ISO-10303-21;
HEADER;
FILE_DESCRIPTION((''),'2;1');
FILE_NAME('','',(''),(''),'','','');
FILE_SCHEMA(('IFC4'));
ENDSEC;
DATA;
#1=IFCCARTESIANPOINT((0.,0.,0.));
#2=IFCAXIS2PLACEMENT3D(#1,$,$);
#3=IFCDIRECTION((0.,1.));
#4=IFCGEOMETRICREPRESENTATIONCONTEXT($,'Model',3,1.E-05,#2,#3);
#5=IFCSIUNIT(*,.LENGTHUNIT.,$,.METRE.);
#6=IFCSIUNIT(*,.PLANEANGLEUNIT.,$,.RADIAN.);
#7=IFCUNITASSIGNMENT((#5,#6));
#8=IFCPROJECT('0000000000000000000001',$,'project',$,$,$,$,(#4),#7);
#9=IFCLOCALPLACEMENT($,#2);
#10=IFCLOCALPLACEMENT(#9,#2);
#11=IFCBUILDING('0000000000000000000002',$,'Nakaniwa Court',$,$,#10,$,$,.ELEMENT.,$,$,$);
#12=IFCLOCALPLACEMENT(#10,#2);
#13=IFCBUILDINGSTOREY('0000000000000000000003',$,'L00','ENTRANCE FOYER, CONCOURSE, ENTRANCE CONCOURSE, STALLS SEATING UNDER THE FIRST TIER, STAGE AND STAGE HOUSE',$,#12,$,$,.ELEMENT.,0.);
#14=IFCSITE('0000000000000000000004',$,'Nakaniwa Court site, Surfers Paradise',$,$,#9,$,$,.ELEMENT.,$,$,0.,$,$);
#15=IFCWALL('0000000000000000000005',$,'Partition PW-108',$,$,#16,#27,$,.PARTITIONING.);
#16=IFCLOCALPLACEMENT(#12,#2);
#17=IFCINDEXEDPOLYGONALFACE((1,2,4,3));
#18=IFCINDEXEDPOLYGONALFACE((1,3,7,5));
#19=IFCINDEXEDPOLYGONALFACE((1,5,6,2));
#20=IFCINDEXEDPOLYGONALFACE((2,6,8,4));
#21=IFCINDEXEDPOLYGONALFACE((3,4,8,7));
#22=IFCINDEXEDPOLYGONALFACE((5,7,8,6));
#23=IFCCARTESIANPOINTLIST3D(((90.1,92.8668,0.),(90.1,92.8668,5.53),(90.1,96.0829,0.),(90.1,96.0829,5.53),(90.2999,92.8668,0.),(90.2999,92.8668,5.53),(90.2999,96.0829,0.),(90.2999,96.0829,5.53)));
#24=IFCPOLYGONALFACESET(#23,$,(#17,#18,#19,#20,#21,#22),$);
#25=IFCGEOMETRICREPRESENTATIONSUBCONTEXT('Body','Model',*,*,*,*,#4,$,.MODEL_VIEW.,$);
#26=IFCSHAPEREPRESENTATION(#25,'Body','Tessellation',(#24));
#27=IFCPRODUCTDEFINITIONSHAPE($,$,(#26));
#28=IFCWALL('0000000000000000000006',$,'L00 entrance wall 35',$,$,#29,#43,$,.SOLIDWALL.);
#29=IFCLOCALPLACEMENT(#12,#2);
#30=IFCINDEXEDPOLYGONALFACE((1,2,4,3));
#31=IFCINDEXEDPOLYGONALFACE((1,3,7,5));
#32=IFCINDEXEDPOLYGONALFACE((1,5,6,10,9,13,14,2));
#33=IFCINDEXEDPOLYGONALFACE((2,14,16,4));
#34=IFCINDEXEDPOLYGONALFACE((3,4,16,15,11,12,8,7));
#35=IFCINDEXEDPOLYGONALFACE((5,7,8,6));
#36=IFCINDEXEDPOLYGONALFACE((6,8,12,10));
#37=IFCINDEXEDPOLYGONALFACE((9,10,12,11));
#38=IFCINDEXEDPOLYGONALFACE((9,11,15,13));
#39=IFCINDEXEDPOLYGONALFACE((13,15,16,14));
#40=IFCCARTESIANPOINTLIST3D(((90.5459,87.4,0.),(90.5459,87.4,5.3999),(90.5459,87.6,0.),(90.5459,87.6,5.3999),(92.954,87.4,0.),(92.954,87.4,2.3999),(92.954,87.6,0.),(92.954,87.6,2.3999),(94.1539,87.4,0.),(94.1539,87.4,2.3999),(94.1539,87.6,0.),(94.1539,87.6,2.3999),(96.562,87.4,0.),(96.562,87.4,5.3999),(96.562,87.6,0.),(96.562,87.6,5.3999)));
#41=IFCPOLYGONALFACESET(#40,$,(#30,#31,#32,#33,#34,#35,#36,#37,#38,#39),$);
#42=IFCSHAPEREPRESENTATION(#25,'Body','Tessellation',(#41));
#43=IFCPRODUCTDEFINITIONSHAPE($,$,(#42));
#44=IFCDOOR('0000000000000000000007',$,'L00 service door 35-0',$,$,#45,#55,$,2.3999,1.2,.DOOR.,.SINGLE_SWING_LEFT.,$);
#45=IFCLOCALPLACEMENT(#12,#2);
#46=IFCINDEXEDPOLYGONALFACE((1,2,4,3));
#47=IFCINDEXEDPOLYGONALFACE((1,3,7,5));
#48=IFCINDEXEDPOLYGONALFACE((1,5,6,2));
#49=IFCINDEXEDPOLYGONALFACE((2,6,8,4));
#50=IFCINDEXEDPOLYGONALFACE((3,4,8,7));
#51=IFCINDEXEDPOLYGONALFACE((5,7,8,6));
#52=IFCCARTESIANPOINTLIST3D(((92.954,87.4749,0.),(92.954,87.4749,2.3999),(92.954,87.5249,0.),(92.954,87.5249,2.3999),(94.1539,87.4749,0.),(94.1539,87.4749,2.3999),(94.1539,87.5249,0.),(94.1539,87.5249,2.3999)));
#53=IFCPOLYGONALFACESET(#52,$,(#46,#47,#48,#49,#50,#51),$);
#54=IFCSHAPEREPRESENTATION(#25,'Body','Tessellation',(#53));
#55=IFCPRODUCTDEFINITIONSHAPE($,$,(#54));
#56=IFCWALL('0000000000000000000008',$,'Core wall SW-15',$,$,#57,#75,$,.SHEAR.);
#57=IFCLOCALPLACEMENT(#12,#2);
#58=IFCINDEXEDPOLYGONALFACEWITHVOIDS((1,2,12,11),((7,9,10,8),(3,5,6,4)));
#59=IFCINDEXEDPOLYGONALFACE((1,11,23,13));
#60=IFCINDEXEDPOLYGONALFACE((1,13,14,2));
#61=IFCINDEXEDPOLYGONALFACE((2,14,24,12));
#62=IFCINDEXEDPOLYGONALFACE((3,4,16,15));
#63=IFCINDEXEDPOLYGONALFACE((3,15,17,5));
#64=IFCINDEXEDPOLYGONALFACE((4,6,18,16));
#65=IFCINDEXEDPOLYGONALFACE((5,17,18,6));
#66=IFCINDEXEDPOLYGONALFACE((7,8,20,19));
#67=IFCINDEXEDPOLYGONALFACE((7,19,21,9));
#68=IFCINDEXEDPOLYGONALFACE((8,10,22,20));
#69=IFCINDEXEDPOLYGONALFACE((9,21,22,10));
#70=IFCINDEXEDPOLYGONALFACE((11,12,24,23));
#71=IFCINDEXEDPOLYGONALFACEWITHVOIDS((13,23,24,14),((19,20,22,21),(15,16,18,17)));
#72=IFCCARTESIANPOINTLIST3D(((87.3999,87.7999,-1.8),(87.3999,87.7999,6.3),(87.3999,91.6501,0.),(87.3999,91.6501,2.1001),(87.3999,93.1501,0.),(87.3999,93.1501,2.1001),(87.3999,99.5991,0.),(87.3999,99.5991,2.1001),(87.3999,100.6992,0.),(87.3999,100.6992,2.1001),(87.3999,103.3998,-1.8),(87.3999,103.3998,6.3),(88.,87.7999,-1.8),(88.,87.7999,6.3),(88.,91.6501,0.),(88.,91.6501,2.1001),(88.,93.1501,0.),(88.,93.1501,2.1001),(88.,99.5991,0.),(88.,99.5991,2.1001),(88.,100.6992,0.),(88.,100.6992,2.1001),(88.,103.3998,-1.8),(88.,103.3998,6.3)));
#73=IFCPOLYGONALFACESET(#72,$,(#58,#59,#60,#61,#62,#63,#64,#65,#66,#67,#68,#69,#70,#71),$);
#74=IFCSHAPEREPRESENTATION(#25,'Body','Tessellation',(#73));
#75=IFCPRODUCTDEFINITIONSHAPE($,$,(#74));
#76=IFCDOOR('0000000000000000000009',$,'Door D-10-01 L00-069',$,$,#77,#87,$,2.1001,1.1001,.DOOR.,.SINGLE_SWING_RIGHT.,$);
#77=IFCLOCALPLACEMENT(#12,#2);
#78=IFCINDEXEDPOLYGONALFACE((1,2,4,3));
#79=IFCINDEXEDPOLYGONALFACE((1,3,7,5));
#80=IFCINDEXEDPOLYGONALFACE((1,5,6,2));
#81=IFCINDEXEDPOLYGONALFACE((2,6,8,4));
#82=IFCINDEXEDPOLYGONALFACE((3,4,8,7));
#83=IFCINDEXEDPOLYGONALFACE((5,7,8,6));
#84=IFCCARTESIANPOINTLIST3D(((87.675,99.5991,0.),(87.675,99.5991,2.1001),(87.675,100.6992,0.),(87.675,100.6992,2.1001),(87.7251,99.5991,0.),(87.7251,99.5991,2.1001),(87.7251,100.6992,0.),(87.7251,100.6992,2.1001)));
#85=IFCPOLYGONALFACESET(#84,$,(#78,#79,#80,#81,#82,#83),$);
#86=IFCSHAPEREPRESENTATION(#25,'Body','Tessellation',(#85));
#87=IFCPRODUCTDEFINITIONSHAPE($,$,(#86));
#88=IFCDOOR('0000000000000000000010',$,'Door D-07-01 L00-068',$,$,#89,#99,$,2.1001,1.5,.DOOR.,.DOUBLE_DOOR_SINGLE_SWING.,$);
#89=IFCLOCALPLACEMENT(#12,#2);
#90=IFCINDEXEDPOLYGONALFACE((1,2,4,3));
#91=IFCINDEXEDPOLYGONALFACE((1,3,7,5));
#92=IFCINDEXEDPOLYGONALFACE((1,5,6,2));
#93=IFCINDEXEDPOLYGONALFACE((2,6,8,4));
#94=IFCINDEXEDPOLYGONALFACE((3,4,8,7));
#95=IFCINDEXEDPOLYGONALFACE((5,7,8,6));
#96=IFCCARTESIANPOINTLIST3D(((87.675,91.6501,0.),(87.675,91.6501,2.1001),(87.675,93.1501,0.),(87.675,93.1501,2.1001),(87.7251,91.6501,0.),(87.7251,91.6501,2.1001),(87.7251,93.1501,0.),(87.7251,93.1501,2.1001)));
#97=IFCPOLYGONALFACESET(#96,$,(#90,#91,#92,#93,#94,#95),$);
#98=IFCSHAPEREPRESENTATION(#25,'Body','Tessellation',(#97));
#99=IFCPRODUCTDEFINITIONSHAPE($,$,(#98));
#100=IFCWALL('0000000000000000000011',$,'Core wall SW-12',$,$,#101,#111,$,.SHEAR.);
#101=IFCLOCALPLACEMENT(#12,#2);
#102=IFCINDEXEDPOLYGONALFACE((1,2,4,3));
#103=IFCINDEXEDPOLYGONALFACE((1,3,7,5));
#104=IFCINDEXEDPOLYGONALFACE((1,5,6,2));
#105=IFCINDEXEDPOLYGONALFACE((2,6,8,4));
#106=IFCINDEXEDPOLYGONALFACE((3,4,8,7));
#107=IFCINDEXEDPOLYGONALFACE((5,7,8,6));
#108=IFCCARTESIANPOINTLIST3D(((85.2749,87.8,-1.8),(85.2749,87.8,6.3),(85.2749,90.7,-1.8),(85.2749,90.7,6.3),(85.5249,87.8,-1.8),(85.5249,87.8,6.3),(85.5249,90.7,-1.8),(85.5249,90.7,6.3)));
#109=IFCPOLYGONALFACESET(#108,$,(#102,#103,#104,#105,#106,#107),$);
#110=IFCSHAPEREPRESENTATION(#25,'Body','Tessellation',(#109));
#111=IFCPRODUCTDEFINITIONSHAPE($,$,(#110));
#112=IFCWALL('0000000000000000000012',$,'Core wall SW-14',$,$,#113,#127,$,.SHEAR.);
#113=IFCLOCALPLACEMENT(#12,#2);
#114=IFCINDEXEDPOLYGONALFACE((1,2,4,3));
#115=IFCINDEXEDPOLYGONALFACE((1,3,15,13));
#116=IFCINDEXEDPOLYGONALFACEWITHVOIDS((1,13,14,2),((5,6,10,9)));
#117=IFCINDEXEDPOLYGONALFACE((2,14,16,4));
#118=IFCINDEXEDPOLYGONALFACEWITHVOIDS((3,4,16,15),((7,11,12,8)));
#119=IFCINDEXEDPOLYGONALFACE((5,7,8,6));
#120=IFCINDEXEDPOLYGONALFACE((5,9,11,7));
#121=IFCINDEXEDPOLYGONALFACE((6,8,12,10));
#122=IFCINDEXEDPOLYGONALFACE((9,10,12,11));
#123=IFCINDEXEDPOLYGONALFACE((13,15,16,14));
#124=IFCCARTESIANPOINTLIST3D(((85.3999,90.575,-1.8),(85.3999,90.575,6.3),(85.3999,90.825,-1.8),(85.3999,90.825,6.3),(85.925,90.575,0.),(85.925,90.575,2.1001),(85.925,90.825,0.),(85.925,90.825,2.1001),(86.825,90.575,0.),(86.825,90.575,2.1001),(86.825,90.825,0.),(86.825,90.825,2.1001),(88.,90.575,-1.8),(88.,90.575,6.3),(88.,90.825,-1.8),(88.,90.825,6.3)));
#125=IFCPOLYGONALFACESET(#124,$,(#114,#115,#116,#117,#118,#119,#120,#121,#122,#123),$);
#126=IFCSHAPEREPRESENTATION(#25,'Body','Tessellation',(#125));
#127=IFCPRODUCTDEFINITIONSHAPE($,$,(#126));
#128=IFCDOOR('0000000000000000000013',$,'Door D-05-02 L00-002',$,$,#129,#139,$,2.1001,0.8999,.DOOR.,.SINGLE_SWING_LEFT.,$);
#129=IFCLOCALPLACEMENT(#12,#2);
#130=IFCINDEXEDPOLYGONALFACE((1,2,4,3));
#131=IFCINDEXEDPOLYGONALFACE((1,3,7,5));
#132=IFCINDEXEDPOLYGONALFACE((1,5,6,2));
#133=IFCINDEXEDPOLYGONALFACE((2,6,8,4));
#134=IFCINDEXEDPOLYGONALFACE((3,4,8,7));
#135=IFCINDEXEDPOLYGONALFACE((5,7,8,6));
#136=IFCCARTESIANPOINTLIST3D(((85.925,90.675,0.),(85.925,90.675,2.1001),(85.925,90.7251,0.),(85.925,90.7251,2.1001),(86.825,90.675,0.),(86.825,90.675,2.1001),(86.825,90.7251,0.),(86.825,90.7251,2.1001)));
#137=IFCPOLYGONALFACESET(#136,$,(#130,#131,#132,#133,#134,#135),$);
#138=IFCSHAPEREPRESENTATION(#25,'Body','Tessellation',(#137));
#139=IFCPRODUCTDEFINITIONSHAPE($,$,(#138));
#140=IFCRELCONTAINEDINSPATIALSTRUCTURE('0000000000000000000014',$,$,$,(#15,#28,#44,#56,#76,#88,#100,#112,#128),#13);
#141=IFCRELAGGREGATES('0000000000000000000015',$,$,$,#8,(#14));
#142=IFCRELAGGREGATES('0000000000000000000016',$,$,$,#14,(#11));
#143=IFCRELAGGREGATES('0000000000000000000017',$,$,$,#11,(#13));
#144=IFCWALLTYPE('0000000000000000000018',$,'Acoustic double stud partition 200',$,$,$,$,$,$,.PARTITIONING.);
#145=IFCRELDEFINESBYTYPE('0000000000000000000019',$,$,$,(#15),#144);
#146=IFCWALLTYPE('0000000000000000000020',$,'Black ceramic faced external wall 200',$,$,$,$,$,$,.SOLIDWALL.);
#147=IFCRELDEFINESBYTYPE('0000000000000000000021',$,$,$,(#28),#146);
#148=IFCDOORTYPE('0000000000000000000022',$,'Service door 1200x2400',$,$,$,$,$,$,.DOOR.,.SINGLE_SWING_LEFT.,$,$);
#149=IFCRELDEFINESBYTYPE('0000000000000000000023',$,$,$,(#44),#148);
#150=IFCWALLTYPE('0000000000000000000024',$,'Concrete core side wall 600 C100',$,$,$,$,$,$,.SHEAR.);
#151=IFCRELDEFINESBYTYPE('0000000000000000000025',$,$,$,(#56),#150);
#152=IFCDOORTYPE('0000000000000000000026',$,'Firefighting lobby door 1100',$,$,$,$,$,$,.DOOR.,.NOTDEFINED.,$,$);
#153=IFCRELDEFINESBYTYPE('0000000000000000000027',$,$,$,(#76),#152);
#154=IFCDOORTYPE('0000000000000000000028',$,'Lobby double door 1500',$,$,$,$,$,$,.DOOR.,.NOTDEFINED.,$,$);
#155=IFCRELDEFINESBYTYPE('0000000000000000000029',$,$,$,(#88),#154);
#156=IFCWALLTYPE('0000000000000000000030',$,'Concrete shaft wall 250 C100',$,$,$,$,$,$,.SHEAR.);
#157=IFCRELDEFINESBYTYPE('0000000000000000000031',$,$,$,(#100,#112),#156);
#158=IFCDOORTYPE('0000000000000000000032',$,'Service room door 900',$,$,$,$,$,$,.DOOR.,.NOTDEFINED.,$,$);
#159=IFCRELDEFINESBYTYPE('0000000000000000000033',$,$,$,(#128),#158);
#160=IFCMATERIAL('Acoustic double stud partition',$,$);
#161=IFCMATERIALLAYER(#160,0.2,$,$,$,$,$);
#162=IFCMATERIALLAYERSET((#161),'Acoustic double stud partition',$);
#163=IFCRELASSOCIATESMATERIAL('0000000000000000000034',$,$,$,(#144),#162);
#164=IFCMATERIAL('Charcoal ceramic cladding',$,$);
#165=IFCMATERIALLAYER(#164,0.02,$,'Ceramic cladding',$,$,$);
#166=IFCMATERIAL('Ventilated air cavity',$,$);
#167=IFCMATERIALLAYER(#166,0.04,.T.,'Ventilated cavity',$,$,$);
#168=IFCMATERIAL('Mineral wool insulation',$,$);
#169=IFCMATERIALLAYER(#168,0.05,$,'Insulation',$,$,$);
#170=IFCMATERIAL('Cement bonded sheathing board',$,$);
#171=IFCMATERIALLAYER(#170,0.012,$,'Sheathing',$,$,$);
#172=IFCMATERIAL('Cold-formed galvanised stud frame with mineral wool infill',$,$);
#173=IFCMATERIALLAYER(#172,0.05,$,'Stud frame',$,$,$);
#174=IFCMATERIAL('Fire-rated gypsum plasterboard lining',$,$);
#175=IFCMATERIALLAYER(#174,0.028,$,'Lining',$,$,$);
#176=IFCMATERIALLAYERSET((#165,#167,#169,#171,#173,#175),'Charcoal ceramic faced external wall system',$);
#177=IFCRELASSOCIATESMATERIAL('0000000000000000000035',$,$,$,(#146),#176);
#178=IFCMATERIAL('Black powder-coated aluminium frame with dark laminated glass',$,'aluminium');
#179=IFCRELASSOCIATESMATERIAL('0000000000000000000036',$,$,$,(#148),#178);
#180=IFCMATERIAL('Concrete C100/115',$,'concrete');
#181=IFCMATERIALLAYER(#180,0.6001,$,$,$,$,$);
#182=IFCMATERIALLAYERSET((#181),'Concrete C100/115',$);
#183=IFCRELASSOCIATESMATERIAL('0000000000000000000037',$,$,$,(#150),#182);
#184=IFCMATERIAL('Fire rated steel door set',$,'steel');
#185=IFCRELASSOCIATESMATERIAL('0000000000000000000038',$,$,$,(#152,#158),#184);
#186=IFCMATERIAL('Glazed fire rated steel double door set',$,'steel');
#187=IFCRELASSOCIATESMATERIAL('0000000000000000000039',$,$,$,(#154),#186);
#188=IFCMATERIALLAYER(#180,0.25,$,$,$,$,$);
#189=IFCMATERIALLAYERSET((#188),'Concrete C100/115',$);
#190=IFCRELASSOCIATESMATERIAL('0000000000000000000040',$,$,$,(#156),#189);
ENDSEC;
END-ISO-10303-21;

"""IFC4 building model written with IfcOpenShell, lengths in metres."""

from ifc_helpers import new_model, si_unit, direction, frame, frame_2d, origin, place, context, subcontext, project, spatial, rectangle, extrude, material, layer, layer_set, type_object, element, fill, save


model = new_model("IFC4")

# Units and contexts
model_context = context("Model", 3, precision=1e-05, world=origin(), true_north=direction((0.0, 1.0)))
body_context = subcontext(model_context, "Body", "Model", "MODEL_VIEW")
ifc_project = project(units=[si_unit("LENGTHUNIT", "METRE"), si_unit("PLANEANGLEUNIT", "RADIAN")], contexts=[model_context])

# Site, building, storey
site_placement = place(None, origin())
site = spatial("IfcSite", under=ifc_project, at=site_placement, Name="Nakaniwa Court site, Surfers Paradise", CompositionType="ELEMENT", RefElevation=0.0)
building_placement = place(site_placement, origin())
building = spatial("IfcBuilding", under=site, at=building_placement, Name="Nakaniwa Court", CompositionType="ELEMENT")
storey_placement = place(building_placement, origin())
storey = spatial("IfcBuildingStorey", under=building, at=storey_placement, Name="L00", Description="ENTRANCE FOYER, CONCOURSE, ENTRANCE CONCOURSE, STALLS SEATING UNDER THE FIRST TIER, STAGE AND STAGE HOUSE", CompositionType="ELEMENT", Elevation=0.0)

# Shared definitions
ifc_material_1 = material(Name="Concrete C100/115", Category="concrete")

# Wall
ifc_material_2 = material(Name="Acoustic double stud partition")
ifc_layer_1 = layer(ifc_material_2, 0.2)
ifc_layer_set_1 = layer_set([ifc_layer_1], Name="Acoustic double stud partition")
wall_type_1 = type_object("IfcWallType", Name="Acoustic double stud partition 200", PredefinedType="PARTITIONING", material=ifc_layer_set_1)
wall_1_placement = place(storey_placement, frame((90.2, 92.8669, 0.0), z_axis=(0.0, 0.0, 1.0), x_axis=(0.0, 1.0, 0.0)))
element("IfcWall", 1, at=wall_1_placement, inside=storey, type_object=wall_type_1, Name="Partition PW-108", PredefinedType="PARTITIONING", context=body_context, shape_type="SweptSolid", body=[
    extrude(rectangle(XDim=3.2161, YDim=0.2, at=frame_2d((1.6079, 0.0))), origin(), (0.0, 0.0, 1.0), 5.53),
])

# Wall, opening, door
ifc_material_3 = material(Name="Charcoal ceramic cladding")
ifc_layer_2 = layer(ifc_material_3, 0.02, Name="Ceramic cladding")
ifc_material_4 = material(Name="Ventilated air cavity")
ifc_layer_3 = layer(ifc_material_4, 0.04, ventilated=True, Name="Ventilated cavity")
ifc_material_5 = material(Name="Mineral wool insulation")
ifc_layer_4 = layer(ifc_material_5, 0.05, Name="Insulation")
ifc_material_6 = material(Name="Cement bonded sheathing board")
ifc_layer_5 = layer(ifc_material_6, 0.012, Name="Sheathing")
ifc_material_7 = material(Name="Cold-formed galvanised stud frame with mineral wool infill")
ifc_layer_6 = layer(ifc_material_7, 0.05, Name="Stud frame")
ifc_material_8 = material(Name="Fire-rated gypsum plasterboard lining")
ifc_layer_7 = layer(ifc_material_8, 0.028, Name="Lining")
ifc_layer_set_2 = layer_set([ifc_layer_2, ifc_layer_3, ifc_layer_4, ifc_layer_5, ifc_layer_6, ifc_layer_7], Name="Charcoal ceramic faced external wall system")
wall_type_2 = type_object("IfcWallType", Name="Black ceramic faced external wall 200", PredefinedType="SOLIDWALL", material=ifc_layer_set_2)
wall_2_placement = place(storey_placement, frame((90.5459, 87.5, 0.0), z_axis=(0.0, 0.0, 1.0), x_axis=(1.0, 0.0, 0.0)))
wall_2 = element("IfcWall", 2, at=wall_2_placement, inside=storey, type_object=wall_type_2, Name="L00 entrance wall 35", PredefinedType="SOLIDWALL", context=body_context, shape_type="SweptSolid", body=[
    extrude(rectangle(XDim=6.0161, YDim=0.2, at=frame_2d((3.0081, 0.0))), origin(), (0.0, 0.0, 1.0), 5.3999),
])
opening_1_placement = place(wall_2_placement, frame((2.408, 0.0, 0.0)))
opening_1 = element("IfcOpeningElement", 3, at=opening_1_placement, cuts=wall_2, PredefinedType="OPENING", context=body_context, shape_type="SweptSolid", body=[
    extrude(rectangle(XDim=1.2, YDim=2.3999, at=frame_2d((0.6001, 1.2))), frame((0.0, 0.1099, 0.0), z_axis=(0.0, -1.0, 0.0), x_axis=(1.0, 0.0, 0.0)), (0.0, 0.0, 1.0), 0.22),
])
ifc_material_9 = material(Name="Black powder-coated aluminium frame with dark laminated glass", Category="aluminium")
door_type_1 = type_object("IfcDoorType", Name="Service door 1200x2400", OperationType="SINGLE_SWING_LEFT", PredefinedType="DOOR", material=ifc_material_9)
door_1_placement = place(opening_1_placement, origin())
door_1 = element("IfcDoor", 4, at=door_1_placement, inside=storey, type_object=door_type_1, Name="L00 service door 35-0", OperationType="SINGLE_SWING_LEFT", OverallHeight=2.3999, OverallWidth=1.2, PredefinedType="DOOR", context=body_context, shape_type="SweptSolid", body=[
    extrude(rectangle(XDim=1.2, YDim=2.3999, at=frame_2d((0.6001, 1.2))), frame((0.0, 0.0249, 0.0), z_axis=(0.0, -1.0, 0.0), x_axis=(1.0, 0.0, 0.0)), (0.0, 0.0, 1.0), 0.05),
])
fill(opening_1, door_1)

# Wall, openings, doors
ifc_layer_8 = layer(ifc_material_1, 0.6001)
ifc_layer_set_3 = layer_set([ifc_layer_8], Name="Concrete C100/115")
wall_type_3 = type_object("IfcWallType", Name="Concrete core side wall 600 C100", PredefinedType="SHEAR", material=ifc_layer_set_3)
wall_3_placement = place(storey_placement, frame((87.7, 87.8, -1.8), z_axis=(0.0, 0.0, 1.0), x_axis=(0.0, 1.0, 0.0)))
wall_3 = element("IfcWall", 5, at=wall_3_placement, inside=storey, type_object=wall_type_3, Name="Core wall SW-15", PredefinedType="SHEAR", context=body_context, shape_type="SweptSolid", body=[
    extrude(rectangle(XDim=15.5999, YDim=0.6001, at=frame_2d((7.7998, 0.0))), origin(), (0.0, 0.0, 1.0), 8.1001),
])
opening_2_placement = place(wall_3_placement, frame((3.8501, 0.0, 1.8)))
opening_2 = element("IfcOpeningElement", 6, at=opening_2_placement, cuts=wall_3, PredefinedType="OPENING", context=body_context, shape_type="SweptSolid", body=[
    extrude(rectangle(XDim=1.5, YDim=2.1001, at=frame_2d((0.75, 1.05))), frame((0.0, 0.3101, 0.0), z_axis=(0.0, -1.0, 0.0), x_axis=(1.0, 0.0, 0.0)), (0.0, 0.0, 1.0), 0.6201),
])
opening_3_placement = place(wall_3_placement, frame((11.7991, 0.0, 1.8)))
opening_3 = element("IfcOpeningElement", 7, at=opening_3_placement, cuts=wall_3, PredefinedType="OPENING", context=body_context, shape_type="SweptSolid", body=[
    extrude(rectangle(XDim=1.1001, YDim=2.1001, at=frame_2d((0.55, 1.05))), frame((0.0, 0.3101, 0.0), z_axis=(0.0, -1.0, 0.0), x_axis=(1.0, 0.0, 0.0)), (0.0, 0.0, 1.0), 0.6201),
])
ifc_material_10 = material(Name="Fire rated steel door set", Category="steel")
door_type_2 = type_object("IfcDoorType", Name="Firefighting lobby door 1100", OperationType="NOTDEFINED", PredefinedType="DOOR", material=ifc_material_10)
door_2_placement = place(opening_3_placement, origin())
door_2 = element("IfcDoor", 8, at=door_2_placement, inside=storey, type_object=door_type_2, Name="Door D-10-01 L00-069", OperationType="SINGLE_SWING_RIGHT", OverallHeight=2.1001, OverallWidth=1.1001, PredefinedType="DOOR", context=body_context, shape_type="SweptSolid", body=[
    extrude(rectangle(XDim=1.1001, YDim=2.1001, at=frame_2d((0.55, 1.05))), frame((0.0, 0.0249, 0.0), z_axis=(0.0, -1.0, 0.0), x_axis=(1.0, 0.0, 0.0)), (0.0, 0.0, 1.0), 0.05),
])
fill(opening_3, door_2)
ifc_material_11 = material(Name="Glazed fire rated steel double door set", Category="steel")
door_type_3 = type_object("IfcDoorType", Name="Lobby double door 1500", OperationType="NOTDEFINED", PredefinedType="DOOR", material=ifc_material_11)
door_3_placement = place(opening_2_placement, origin())
door_3 = element("IfcDoor", 9, at=door_3_placement, inside=storey, type_object=door_type_3, Name="Door D-07-01 L00-068", OperationType="DOUBLE_DOOR_SINGLE_SWING", OverallHeight=2.1001, OverallWidth=1.5, PredefinedType="DOOR", context=body_context, shape_type="SweptSolid", body=[
    extrude(rectangle(XDim=1.5, YDim=2.1001, at=frame_2d((0.75, 1.05))), frame((0.0, 0.0249, 0.0), z_axis=(0.0, -1.0, 0.0), x_axis=(1.0, 0.0, 0.0)), (0.0, 0.0, 1.0), 0.05),
])
fill(opening_2, door_3)

# Wall
ifc_layer_9 = layer(ifc_material_1, 0.25)
ifc_layer_set_4 = layer_set([ifc_layer_9], Name="Concrete C100/115")
wall_type_4 = type_object("IfcWallType", Name="Concrete shaft wall 250 C100", PredefinedType="SHEAR", material=ifc_layer_set_4)
wall_4_placement = place(storey_placement, frame((85.3999, 87.8, -1.8), z_axis=(0.0, 0.0, 1.0), x_axis=(0.0, 1.0, 0.0)))
element("IfcWall", 10, at=wall_4_placement, inside=storey, type_object=wall_type_4, Name="Core wall SW-12", PredefinedType="SHEAR", context=body_context, shape_type="SweptSolid", body=[
    extrude(rectangle(XDim=2.8999, YDim=0.25, at=frame_2d((1.45, 0.0))), origin(), (0.0, 0.0, 1.0), 8.1001),
])

# Wall, opening, door
wall_5_placement = place(storey_placement, frame((88.0, 90.7, -1.8), z_axis=(0.0, 0.0, 1.0), x_axis=(-1.0, 0.0, 0.0)))
wall_5 = element("IfcWall", 11, at=wall_5_placement, inside=storey, type_object=wall_type_4, Name="Core wall SW-14", PredefinedType="SHEAR", context=body_context, shape_type="SweptSolid", body=[
    extrude(rectangle(XDim=2.6001, YDim=0.25, at=frame_2d((1.3, 0.0))), origin(), (0.0, 0.0, 1.0), 8.1001),
])
opening_4_placement = place(wall_5_placement, frame((1.175, 0.0, 1.8)))
opening_4 = element("IfcOpeningElement", 12, at=opening_4_placement, cuts=wall_5, PredefinedType="OPENING", context=body_context, shape_type="SweptSolid", body=[
    extrude(rectangle(XDim=0.8999, YDim=2.1001, at=frame_2d((0.45, 1.05))), frame((0.0, 0.135, 0.0), z_axis=(0.0, -1.0, 0.0), x_axis=(1.0, 0.0, 0.0)), (0.0, 0.0, 1.0), 0.27),
])
door_type_4 = type_object("IfcDoorType", Name="Service room door 900", OperationType="NOTDEFINED", PredefinedType="DOOR", material=ifc_material_10)
door_4_placement = place(opening_4_placement, origin())
door_4 = element("IfcDoor", 13, at=door_4_placement, inside=storey, type_object=door_type_4, Name="Door D-05-02 L00-002", OperationType="SINGLE_SWING_LEFT", OverallHeight=2.1001, OverallWidth=0.8999, PredefinedType="DOOR", context=body_context, shape_type="SweptSolid", body=[
    extrude(rectangle(XDim=0.8999, YDim=2.1001, at=frame_2d((0.45, 1.05))), frame((0.0, 0.0249, 0.0), z_axis=(0.0, -1.0, 0.0), x_axis=(1.0, 0.0, 0.0)), (0.0, 0.0, 1.0), 0.05),
])
fill(opening_4, door_4)

save(model, "model.ifc")
